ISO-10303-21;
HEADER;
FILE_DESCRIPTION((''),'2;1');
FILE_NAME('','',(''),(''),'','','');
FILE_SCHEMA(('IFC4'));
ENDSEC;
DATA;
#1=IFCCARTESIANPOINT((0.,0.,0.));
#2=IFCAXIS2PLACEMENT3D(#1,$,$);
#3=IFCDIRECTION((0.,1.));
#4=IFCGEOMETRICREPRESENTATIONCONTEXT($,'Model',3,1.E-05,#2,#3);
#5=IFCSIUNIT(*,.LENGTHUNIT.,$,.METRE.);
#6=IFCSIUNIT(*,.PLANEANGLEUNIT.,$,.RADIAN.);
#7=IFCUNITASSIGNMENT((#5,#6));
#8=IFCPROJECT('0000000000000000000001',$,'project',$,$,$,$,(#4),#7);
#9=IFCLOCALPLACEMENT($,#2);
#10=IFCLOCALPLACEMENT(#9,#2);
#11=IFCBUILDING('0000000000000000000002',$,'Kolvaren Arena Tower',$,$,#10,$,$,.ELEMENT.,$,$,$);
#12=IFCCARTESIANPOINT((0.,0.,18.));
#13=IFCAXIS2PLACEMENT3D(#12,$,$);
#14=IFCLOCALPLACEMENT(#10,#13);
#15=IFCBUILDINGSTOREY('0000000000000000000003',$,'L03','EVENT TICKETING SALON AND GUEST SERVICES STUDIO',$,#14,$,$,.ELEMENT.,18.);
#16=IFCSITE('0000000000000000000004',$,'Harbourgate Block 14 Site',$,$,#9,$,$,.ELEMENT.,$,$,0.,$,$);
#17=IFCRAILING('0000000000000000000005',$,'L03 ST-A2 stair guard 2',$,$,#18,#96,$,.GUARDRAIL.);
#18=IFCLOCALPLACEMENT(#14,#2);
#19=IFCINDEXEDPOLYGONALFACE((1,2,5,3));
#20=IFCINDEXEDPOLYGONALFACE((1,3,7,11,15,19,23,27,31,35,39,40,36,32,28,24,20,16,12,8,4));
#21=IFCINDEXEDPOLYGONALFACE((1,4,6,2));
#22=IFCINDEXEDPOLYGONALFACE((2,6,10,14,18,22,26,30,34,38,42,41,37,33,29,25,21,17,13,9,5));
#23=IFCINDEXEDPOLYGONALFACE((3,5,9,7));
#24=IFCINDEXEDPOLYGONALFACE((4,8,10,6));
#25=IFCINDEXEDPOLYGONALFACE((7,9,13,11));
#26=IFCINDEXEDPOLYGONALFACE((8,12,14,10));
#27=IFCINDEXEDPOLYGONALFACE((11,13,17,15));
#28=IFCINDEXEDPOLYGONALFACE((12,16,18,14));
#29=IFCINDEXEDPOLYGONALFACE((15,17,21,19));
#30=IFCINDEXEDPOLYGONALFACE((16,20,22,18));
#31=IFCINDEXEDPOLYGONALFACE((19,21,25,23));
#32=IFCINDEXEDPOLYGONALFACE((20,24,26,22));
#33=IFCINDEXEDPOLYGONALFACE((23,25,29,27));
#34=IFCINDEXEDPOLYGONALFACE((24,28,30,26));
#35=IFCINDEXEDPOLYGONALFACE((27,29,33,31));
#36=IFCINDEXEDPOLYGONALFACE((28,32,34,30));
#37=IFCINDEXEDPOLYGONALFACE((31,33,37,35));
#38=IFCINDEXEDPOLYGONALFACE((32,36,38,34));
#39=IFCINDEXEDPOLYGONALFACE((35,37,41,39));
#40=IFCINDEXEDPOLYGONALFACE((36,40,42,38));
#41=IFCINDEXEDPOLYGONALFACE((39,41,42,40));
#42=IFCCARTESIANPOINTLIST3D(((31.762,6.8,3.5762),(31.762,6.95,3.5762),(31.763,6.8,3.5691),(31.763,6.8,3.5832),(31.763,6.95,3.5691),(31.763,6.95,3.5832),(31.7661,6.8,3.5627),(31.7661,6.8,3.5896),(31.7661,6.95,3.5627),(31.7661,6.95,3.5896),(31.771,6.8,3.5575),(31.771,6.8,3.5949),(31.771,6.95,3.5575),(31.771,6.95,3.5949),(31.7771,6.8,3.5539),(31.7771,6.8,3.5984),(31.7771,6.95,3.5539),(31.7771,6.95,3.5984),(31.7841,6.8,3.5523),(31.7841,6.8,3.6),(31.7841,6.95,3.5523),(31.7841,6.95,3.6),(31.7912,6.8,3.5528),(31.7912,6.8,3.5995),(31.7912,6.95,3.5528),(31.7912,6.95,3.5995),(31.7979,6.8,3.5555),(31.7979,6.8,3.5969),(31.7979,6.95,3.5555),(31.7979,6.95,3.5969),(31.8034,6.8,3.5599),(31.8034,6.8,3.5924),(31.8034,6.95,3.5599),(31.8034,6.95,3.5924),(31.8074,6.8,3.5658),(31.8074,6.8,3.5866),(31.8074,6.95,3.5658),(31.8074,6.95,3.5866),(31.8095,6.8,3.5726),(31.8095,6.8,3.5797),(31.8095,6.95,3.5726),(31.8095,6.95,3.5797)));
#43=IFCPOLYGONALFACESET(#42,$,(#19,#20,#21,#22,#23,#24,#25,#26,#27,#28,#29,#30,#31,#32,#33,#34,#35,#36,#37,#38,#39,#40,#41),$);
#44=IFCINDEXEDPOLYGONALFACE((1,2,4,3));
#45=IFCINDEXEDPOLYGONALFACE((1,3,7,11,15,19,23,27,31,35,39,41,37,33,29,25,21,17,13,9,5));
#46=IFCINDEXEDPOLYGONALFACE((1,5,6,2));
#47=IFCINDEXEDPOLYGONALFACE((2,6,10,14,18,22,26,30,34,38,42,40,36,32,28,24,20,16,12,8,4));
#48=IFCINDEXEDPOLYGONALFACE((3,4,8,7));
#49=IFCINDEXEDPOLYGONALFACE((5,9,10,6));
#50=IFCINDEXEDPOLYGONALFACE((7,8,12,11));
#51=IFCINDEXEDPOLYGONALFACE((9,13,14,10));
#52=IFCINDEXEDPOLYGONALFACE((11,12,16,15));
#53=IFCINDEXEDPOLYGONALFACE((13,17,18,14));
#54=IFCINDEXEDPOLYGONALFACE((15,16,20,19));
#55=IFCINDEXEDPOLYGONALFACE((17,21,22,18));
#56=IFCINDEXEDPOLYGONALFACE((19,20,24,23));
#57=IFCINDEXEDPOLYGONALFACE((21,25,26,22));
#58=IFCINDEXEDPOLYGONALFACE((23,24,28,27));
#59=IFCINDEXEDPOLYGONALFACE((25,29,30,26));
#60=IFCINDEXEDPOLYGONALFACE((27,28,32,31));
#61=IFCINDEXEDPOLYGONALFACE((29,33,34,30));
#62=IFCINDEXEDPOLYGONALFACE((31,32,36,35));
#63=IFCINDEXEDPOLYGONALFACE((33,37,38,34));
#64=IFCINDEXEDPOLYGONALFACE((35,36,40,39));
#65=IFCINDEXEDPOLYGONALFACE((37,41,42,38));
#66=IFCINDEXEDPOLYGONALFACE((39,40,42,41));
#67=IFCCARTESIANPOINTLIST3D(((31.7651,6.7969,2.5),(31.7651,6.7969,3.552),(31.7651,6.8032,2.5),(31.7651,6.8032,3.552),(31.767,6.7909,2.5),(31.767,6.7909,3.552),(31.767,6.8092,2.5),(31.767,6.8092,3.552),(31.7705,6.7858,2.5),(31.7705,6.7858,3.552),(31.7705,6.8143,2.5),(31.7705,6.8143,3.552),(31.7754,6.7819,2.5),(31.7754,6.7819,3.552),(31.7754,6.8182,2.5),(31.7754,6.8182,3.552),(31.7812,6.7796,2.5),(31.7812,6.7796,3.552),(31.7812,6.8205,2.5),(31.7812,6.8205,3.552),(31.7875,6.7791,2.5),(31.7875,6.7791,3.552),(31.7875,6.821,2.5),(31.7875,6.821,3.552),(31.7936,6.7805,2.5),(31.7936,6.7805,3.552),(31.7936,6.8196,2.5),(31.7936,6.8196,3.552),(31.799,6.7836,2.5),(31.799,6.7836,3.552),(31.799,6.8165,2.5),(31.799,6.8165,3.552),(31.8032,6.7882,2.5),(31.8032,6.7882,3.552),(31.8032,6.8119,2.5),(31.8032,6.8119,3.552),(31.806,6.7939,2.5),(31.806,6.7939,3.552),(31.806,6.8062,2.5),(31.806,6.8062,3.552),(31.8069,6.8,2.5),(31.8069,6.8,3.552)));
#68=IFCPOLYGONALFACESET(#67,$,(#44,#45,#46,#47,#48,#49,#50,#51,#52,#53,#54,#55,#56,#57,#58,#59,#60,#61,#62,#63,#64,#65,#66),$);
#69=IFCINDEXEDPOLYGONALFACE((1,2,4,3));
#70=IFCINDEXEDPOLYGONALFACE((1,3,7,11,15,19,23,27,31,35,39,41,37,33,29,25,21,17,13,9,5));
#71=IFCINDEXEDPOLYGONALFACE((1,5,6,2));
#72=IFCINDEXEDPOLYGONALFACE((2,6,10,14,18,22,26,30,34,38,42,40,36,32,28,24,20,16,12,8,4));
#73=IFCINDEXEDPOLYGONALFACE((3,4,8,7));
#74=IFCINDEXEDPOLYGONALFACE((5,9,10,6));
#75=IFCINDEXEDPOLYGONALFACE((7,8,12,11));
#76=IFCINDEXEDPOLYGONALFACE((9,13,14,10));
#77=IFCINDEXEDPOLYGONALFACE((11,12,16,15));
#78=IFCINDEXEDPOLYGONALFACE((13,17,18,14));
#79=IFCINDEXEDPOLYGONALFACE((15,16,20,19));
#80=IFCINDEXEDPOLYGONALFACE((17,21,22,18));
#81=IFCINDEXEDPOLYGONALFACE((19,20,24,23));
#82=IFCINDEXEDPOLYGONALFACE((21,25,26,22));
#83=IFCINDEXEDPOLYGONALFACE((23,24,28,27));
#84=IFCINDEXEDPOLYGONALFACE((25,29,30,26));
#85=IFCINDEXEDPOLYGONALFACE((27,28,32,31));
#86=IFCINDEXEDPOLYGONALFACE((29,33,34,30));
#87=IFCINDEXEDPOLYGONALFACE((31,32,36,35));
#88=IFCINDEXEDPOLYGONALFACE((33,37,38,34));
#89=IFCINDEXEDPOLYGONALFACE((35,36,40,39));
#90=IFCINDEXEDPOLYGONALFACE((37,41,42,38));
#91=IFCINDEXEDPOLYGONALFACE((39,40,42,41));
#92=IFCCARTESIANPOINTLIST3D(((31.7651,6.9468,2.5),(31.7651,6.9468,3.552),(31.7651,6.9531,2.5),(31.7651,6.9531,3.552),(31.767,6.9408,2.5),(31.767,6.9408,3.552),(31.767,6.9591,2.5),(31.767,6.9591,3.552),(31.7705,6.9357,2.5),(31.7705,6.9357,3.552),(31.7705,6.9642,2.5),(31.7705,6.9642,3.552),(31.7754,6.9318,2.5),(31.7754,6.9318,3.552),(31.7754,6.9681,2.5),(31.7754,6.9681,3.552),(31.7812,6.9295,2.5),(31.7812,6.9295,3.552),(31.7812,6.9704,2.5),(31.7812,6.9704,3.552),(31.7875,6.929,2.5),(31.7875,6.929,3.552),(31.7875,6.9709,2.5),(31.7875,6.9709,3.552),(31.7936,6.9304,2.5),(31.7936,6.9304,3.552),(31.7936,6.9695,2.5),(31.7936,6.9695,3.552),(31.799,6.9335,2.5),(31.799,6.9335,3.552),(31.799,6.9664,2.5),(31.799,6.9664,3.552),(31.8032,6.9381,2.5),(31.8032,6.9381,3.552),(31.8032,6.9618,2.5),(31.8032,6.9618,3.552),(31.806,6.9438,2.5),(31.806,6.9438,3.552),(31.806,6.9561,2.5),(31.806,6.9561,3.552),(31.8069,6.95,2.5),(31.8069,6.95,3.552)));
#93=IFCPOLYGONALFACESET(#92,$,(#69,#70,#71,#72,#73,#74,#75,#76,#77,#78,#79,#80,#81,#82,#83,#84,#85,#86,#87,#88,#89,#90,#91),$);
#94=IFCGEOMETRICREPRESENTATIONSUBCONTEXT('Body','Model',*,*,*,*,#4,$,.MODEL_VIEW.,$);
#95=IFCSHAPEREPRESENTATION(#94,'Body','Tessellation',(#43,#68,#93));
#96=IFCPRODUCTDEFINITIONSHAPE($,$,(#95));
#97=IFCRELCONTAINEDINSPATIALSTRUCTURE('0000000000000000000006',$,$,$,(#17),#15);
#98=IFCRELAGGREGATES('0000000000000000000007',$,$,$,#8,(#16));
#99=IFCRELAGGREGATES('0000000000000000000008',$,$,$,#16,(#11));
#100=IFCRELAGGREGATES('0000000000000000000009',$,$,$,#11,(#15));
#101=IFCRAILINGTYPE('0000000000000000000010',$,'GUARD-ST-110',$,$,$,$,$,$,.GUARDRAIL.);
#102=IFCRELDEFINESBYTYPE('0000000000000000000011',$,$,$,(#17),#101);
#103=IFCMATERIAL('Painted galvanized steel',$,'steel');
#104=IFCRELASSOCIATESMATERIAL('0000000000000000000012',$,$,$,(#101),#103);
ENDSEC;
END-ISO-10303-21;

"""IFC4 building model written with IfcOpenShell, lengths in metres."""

from ifc_helpers import new_model, si_unit, direction, frame, origin, origin_2d, place, context, subcontext, project, spatial, circle, extrude, material, type_object, element, save


model = new_model("IFC4")

# Units and contexts
model_context = context("Model", 3, precision=1e-05, world=origin(), true_north=direction((0.0, 1.0)))
body_context = subcontext(model_context, "Body", "Model", "MODEL_VIEW")
ifc_project = project(units=[si_unit("LENGTHUNIT", "METRE"), si_unit("PLANEANGLEUNIT", "RADIAN")], contexts=[model_context])

# Site, building, storey
site_placement = place(None, origin())
site = spatial("IfcSite", under=ifc_project, at=site_placement, Name="Harbourgate Block 14 Site", CompositionType="ELEMENT", RefElevation=0.0)
building_placement = place(site_placement, origin())
building = spatial("IfcBuilding", under=site, at=building_placement, Name="Kolvaren Arena Tower", CompositionType="ELEMENT")
storey_placement = place(building_placement, frame((0.0, 0.0, 18.0)))
storey = spatial("IfcBuildingStorey", under=building, at=storey_placement, Name="L03", Description="EVENT TICKETING SALON AND GUEST SERVICES STUDIO", CompositionType="ELEMENT", Elevation=18.0)

# Railing
ifc_material_1 = material(Name="Painted galvanized steel", Category="steel")
railing_type_1 = type_object("IfcRailingType", Name="GUARD-ST-110", PredefinedType="GUARDRAIL", material=ifc_material_1)
railing_1_placement = place(storey_placement, frame((31.7859, 6.8, 2.5)))
element("IfcRailing", 1, at=railing_1_placement, inside=storey, type_object=railing_type_1, Name="L03 ST-A2 stair guard 2", PredefinedType="GUARDRAIL", context=body_context, shape_type="SweptSolid", body=[
    extrude(circle(Radius=0.0239, at=origin_2d()), frame((0.0, 0.0, 1.0762), z_axis=(0.0, 1.0, 0.0), x_axis=(-1.0, 0.0, 0.0)), (0.0, 0.0, 1.0), 0.1499),
    extrude(circle(Radius=0.021, at=origin_2d()), origin(), (0.0, 0.0, 1.0), 1.052),
    extrude(circle(Radius=0.021, at=origin_2d()), frame((0.0, 0.1499, 0.0)), (0.0, 0.0, 1.0), 1.052),
])

save(model, "model.ifc")
